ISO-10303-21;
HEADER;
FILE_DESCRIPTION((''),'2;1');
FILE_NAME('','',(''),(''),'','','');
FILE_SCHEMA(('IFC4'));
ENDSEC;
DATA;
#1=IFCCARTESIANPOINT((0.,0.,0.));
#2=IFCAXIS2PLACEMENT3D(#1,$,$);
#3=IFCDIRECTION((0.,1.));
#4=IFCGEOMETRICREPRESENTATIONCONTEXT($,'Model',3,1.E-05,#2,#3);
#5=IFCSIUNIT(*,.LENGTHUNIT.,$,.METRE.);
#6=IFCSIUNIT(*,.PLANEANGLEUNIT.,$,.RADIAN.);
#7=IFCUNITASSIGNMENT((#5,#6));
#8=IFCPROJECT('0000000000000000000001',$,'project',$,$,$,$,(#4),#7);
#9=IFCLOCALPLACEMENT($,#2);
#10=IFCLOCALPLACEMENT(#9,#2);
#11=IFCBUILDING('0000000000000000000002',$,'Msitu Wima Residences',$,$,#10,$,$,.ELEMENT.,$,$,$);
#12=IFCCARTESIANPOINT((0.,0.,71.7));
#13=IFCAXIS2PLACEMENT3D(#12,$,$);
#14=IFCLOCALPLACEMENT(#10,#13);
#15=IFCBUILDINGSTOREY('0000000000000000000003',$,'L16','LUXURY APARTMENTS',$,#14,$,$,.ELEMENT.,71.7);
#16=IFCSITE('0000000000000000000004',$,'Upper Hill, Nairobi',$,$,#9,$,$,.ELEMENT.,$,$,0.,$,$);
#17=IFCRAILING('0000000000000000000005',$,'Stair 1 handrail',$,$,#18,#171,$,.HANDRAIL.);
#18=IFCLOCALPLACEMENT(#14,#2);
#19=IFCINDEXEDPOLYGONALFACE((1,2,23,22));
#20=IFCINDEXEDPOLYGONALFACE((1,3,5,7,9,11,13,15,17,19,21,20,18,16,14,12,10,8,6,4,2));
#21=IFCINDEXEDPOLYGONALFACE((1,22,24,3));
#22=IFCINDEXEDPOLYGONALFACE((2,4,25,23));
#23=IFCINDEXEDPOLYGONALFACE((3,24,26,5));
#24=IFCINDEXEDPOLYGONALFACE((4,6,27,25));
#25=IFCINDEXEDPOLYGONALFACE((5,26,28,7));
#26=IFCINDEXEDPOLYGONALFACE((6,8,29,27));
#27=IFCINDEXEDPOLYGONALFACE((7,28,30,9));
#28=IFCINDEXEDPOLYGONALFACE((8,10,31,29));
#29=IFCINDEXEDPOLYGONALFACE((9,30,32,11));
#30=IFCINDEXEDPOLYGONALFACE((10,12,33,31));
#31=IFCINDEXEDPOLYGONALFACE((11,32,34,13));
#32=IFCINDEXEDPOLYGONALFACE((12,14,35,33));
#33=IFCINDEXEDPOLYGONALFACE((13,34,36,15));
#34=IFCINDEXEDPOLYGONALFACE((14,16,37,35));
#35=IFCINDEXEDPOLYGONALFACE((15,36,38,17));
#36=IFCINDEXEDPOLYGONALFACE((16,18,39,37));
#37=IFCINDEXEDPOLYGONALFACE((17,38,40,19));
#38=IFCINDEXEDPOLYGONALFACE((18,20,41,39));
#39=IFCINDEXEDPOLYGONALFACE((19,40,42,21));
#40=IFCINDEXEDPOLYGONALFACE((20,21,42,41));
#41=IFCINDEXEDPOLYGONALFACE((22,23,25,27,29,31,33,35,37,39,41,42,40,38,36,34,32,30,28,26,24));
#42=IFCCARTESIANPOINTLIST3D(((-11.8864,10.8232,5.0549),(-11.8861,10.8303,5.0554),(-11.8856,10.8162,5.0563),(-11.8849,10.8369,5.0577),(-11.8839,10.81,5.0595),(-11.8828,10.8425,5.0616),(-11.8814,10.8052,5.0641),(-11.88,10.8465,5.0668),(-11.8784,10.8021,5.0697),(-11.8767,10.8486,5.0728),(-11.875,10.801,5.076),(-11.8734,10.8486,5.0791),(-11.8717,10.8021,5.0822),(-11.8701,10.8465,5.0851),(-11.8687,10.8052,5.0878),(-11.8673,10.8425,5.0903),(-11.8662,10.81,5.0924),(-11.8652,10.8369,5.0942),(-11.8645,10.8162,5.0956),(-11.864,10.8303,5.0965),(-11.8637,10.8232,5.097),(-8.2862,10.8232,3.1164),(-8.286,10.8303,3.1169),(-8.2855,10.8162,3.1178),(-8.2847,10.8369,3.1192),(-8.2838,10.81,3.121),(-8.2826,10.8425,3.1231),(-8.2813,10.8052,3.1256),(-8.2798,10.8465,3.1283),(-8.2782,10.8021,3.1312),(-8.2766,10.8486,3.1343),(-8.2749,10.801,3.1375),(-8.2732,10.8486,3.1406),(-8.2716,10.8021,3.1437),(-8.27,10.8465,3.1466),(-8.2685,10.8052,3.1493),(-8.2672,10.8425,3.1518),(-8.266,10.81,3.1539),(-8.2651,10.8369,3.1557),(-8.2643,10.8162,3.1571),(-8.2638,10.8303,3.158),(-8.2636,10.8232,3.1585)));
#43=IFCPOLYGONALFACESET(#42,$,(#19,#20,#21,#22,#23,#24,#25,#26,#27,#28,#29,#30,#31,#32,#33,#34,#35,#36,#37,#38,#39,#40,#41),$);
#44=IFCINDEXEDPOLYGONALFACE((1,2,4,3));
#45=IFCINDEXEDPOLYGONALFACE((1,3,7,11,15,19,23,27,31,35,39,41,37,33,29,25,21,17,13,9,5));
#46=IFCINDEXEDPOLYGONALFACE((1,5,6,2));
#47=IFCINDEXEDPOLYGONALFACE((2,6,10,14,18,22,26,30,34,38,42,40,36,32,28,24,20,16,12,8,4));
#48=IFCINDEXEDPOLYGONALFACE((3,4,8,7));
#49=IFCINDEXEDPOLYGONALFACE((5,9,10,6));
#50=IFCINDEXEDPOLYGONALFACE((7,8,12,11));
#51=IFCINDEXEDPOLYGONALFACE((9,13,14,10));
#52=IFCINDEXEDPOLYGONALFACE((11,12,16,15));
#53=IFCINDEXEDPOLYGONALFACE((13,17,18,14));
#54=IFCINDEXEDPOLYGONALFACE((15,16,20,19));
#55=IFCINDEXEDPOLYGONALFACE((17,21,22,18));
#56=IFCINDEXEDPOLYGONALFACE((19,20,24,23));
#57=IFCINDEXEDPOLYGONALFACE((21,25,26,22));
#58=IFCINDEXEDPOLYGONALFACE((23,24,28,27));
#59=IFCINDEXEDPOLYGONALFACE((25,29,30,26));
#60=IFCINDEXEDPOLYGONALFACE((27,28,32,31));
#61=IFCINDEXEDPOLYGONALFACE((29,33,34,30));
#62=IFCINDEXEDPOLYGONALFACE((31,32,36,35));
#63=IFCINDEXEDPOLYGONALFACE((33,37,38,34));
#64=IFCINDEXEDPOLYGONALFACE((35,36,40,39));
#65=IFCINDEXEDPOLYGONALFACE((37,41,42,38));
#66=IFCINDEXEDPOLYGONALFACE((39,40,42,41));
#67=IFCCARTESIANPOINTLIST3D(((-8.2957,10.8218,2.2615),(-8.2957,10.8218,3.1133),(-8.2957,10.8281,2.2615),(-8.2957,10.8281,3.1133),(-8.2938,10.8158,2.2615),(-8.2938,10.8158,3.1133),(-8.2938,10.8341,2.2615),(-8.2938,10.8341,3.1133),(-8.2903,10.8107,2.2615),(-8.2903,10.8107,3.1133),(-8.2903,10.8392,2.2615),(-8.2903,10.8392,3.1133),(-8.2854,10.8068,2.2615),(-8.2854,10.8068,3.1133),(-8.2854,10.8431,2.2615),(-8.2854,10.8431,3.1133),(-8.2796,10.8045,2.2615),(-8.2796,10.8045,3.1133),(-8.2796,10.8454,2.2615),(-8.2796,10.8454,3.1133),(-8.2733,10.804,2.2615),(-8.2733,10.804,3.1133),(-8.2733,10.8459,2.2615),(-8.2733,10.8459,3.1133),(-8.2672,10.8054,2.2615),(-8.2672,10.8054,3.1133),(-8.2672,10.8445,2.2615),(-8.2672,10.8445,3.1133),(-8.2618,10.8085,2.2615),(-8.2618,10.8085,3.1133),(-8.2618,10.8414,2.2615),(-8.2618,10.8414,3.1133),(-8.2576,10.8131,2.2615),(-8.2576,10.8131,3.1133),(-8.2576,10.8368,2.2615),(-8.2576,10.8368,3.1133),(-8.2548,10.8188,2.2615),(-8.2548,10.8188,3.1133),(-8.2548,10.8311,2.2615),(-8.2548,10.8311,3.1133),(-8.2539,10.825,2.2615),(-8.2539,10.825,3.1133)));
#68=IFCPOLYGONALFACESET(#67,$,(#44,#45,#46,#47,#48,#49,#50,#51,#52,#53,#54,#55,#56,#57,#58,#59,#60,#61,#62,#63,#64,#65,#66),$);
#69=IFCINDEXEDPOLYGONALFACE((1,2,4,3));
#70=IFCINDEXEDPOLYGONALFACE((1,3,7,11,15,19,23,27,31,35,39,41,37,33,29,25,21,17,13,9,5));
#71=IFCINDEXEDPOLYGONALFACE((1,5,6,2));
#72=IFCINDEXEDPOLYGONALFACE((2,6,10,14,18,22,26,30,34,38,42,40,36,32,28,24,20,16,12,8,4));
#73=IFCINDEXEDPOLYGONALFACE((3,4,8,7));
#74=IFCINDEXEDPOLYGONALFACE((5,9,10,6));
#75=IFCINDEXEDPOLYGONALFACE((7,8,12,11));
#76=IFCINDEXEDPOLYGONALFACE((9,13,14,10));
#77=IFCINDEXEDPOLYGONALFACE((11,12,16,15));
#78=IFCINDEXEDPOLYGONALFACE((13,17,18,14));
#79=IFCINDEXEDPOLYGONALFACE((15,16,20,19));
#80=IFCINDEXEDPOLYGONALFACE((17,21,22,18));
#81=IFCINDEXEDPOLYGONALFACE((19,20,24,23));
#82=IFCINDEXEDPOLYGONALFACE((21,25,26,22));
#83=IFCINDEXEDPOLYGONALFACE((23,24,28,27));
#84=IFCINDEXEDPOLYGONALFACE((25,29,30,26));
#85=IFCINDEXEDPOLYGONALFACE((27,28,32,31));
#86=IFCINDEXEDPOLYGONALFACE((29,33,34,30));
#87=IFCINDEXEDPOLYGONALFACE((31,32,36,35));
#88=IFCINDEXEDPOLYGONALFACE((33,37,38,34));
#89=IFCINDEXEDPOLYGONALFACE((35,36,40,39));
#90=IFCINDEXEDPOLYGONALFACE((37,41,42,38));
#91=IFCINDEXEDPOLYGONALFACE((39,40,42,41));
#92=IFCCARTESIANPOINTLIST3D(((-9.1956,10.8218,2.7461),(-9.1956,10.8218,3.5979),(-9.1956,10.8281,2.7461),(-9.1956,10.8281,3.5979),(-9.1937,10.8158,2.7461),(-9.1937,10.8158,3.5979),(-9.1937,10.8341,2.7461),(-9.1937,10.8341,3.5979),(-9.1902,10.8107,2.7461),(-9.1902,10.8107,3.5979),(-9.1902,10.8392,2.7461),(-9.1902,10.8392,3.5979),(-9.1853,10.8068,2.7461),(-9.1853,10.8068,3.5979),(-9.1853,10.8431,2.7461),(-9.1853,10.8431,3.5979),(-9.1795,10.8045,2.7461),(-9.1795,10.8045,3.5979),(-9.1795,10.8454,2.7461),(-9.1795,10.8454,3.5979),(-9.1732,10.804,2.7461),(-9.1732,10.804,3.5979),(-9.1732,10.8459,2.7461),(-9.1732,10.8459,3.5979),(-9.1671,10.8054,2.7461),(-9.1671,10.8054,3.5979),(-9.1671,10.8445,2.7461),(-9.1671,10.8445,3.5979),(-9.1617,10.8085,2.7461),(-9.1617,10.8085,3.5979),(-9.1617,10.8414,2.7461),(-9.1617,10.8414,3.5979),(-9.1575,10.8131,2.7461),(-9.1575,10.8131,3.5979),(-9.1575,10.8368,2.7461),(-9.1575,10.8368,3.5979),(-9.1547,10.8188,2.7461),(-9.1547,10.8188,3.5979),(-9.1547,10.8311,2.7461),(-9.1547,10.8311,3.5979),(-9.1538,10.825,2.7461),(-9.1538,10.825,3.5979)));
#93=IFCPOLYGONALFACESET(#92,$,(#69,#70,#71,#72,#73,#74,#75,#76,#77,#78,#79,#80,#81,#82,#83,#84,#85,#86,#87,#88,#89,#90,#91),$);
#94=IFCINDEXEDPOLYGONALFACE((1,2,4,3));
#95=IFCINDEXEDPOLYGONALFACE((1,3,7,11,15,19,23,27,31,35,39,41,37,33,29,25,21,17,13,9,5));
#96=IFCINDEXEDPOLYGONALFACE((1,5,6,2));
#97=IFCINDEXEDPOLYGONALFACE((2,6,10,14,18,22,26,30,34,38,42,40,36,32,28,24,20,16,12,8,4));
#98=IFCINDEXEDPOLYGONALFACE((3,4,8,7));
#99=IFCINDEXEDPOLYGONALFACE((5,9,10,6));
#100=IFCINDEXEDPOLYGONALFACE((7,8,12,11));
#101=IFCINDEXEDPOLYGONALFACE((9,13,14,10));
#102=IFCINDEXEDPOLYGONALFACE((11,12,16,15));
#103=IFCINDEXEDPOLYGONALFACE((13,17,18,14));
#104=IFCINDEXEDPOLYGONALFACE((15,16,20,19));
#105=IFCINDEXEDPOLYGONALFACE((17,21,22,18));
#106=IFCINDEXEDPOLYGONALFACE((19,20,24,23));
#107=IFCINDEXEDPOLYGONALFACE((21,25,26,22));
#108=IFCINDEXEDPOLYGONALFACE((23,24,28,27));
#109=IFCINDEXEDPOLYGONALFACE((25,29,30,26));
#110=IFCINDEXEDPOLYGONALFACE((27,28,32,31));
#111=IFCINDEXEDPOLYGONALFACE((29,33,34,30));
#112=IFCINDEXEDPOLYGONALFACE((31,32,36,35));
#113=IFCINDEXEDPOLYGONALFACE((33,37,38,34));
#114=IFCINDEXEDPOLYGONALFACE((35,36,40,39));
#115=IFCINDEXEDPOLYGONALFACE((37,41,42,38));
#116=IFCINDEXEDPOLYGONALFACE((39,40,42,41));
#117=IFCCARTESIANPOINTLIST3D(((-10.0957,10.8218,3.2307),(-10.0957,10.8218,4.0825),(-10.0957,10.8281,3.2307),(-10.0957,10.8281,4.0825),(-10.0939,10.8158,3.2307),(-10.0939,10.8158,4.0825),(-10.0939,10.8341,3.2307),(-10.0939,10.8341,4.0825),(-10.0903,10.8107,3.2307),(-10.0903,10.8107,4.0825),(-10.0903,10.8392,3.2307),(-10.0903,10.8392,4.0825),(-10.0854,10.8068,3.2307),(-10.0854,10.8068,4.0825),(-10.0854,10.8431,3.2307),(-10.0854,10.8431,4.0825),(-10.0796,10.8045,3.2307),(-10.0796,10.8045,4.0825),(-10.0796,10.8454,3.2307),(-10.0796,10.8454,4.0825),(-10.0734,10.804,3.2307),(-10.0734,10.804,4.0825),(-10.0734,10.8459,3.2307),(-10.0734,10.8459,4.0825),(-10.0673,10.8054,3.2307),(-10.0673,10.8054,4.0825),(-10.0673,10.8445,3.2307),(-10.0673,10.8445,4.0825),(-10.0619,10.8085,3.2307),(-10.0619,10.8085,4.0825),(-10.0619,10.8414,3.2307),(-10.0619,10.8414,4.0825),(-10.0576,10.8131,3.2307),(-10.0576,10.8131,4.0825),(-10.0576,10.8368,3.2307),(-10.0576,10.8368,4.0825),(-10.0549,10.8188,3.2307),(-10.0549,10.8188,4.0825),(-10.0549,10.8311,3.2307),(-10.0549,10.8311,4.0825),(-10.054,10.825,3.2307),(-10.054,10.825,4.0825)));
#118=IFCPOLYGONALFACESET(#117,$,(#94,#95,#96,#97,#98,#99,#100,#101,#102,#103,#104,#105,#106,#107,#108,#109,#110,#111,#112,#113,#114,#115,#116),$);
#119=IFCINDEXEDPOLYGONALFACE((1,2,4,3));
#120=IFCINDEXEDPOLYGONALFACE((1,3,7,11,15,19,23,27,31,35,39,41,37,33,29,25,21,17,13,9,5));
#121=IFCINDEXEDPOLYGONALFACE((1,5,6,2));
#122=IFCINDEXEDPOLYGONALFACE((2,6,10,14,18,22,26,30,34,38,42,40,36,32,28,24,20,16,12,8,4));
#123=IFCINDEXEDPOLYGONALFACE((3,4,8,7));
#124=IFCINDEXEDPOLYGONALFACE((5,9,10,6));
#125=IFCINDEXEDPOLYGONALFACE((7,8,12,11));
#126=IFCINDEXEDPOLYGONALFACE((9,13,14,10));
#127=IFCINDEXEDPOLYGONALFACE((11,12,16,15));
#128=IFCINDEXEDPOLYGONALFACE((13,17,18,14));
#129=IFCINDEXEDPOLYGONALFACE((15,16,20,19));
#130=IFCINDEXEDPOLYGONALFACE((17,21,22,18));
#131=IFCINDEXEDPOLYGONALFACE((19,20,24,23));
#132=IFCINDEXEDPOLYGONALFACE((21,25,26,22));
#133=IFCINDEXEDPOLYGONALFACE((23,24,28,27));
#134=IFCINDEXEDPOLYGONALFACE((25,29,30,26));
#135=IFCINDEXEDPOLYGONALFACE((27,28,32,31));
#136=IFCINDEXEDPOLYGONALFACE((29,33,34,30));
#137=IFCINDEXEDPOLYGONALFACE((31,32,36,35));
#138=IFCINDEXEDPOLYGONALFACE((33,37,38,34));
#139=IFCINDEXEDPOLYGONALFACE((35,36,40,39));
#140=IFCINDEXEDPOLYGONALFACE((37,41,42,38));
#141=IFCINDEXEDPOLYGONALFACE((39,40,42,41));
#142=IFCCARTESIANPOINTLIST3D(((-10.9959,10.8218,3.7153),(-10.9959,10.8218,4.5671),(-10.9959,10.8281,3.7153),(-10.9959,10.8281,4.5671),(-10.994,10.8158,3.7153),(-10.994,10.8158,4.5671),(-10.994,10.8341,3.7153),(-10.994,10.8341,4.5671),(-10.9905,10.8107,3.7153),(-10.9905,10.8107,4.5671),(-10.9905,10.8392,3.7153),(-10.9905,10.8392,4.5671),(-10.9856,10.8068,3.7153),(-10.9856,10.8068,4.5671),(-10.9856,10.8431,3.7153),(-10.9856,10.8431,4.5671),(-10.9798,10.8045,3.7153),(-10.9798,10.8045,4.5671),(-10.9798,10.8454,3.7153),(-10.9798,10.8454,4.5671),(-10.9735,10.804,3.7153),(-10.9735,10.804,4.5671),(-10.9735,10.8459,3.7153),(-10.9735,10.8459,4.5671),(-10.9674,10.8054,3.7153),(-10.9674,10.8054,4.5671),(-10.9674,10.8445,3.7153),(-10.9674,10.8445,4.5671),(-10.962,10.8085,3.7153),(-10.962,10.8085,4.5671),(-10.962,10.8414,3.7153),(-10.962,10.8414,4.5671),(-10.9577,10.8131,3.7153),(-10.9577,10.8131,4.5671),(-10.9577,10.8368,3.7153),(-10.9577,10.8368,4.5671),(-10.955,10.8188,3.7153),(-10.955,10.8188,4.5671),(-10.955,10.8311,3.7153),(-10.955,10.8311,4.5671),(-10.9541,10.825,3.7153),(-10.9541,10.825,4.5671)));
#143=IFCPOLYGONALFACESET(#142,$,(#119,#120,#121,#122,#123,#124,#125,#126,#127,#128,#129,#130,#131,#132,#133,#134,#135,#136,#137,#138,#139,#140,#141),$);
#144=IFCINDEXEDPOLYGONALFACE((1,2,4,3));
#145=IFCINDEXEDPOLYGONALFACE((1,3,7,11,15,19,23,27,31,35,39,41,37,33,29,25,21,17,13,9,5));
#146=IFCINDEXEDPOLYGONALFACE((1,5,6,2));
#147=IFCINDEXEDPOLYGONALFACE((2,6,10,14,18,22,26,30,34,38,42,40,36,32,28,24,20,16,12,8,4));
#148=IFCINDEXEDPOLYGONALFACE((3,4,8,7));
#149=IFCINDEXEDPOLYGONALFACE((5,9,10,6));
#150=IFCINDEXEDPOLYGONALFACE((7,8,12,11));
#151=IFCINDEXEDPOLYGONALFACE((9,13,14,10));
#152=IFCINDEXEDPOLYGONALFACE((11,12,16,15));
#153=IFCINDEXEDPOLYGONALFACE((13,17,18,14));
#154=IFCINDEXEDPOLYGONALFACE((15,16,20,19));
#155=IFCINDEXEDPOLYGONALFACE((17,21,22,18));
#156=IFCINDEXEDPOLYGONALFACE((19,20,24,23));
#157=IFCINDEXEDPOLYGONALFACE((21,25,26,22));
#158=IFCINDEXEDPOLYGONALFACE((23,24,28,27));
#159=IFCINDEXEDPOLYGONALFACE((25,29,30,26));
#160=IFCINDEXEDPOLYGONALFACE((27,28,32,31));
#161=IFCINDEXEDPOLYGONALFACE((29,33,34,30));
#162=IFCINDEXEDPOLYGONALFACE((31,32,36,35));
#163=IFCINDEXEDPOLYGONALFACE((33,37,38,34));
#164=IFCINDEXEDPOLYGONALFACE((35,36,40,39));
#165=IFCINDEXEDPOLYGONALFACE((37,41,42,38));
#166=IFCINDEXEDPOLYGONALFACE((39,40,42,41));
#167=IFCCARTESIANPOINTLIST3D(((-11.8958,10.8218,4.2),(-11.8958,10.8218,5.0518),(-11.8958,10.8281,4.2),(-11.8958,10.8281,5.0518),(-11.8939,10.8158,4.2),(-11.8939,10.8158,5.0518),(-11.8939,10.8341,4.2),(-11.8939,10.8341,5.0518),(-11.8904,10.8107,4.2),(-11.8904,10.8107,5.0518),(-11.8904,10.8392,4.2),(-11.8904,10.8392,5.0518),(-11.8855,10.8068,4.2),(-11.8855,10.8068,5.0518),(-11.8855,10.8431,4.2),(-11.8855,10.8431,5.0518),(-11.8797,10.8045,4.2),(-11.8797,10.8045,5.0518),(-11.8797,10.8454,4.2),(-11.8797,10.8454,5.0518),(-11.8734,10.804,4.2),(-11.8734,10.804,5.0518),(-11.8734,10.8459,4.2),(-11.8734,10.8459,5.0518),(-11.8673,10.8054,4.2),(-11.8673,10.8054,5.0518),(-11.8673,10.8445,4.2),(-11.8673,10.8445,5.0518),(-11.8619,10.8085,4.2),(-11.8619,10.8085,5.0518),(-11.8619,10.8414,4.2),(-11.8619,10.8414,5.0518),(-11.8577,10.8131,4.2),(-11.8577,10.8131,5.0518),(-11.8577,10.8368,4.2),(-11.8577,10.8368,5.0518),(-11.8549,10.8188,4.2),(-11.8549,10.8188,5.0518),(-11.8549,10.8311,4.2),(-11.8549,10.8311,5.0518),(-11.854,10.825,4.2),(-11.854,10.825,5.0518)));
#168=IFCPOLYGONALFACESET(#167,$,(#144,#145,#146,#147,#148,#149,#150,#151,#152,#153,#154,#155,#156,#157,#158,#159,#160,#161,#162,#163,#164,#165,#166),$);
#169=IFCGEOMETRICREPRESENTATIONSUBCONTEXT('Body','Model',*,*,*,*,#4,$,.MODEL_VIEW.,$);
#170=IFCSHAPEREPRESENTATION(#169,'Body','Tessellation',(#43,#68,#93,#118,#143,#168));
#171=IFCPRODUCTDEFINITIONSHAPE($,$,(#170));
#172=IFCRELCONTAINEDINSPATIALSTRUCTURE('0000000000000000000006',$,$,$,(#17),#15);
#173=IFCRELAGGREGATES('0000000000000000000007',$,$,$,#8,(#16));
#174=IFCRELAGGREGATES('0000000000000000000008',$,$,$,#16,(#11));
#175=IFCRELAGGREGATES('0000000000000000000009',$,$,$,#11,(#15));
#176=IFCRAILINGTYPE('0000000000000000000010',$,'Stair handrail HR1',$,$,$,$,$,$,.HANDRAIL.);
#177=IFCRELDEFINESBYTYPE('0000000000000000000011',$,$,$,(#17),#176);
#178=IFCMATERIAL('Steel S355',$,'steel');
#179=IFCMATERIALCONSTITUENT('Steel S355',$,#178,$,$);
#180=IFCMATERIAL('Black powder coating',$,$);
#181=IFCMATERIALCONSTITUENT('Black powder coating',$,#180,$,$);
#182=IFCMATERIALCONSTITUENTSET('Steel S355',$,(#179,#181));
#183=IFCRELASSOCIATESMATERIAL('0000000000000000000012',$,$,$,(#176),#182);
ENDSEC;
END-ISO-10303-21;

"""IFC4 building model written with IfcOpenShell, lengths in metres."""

from ifc_helpers import new_model, si_unit, direction, frame, origin, origin_2d, place, context, subcontext, project, spatial, circle, extrude, material, constituent, constituent_set, type_object, element, save


model = new_model("IFC4")

# Units and contexts
model_context = context("Model", 3, precision=1e-05, world=origin(), true_north=direction((0.0, 1.0)))
body_context = subcontext(model_context, "Body", "Model", "MODEL_VIEW")
ifc_project = project(units=[si_unit("LENGTHUNIT", "METRE"), si_unit("PLANEANGLEUNIT", "RADIAN")], contexts=[model_context])

# Site, building, storey
site_placement = place(None, origin())
site = spatial("IfcSite", under=ifc_project, at=site_placement, Name="Upper Hill, Nairobi", CompositionType="ELEMENT", RefElevation=0.0)
building_placement = place(site_placement, origin())
building = spatial("IfcBuilding", under=site, at=building_placement, Name="Msitu Wima Residences", CompositionType="ELEMENT")
storey_placement = place(building_placement, frame((0.0, 0.0, 71.7)))
storey = spatial("IfcBuildingStorey", under=building, at=storey_placement, Name="L16", Description="LUXURY APARTMENTS", CompositionType="ELEMENT", Elevation=71.7)

# Railing
ifc_material_1 = material(Name="Steel S355", Category="steel")
ifc_constituent_1 = constituent(ifc_material_1, Name="Steel S355")
ifc_material_2 = material(Name="Black powder coating")
ifc_constituent_2 = constituent(ifc_material_2, Name="Black powder coating")
ifc_constituent_set = constituent_set(constituents=[ifc_constituent_1, ifc_constituent_2], Name="Steel S355")
railing_type = type_object("IfcRailingType", Name="Stair handrail HR1", PredefinedType="HANDRAIL", material=ifc_constituent_set)
for number, where, name in (
    (1, (-8.2749, 10.825, 2.2615), "Stair 1 handrail"),
):
    element("IfcRailing", number, at=place(storey_placement, frame(where)), inside=storey, type_object=railing_type, Name=name, PredefinedType="HANDRAIL", context=body_context, shape_type="SweptSolid", body=[
        extrude(circle(Radius=0.0239, at=origin_2d()), frame((0.0, 0.0, 0.876), z_axis=(-0.880475, 0.0, 0.474093), x_axis=(0.0, -1.0, 0.0)), (0.0, 0.0, 1.0), 4.0889),
        extrude(circle(Radius=0.021, at=origin_2d()), origin(), (0.0, 0.0, 1.0), 0.8518),
        extrude(circle(Radius=0.021, at=origin_2d()), frame((-0.8999, 0.0, 0.4846)), (0.0, 0.0, 1.0), 0.8518),
        extrude(circle(Radius=0.021, at=origin_2d()), frame((-1.8, 0.0, 0.9692)), (0.0, 0.0, 1.0), 0.8518),
        extrude(circle(Radius=0.021, at=origin_2d()), frame((-2.7002, 0.0, 1.4539)), (0.0, 0.0, 1.0), 0.8518),
        extrude(circle(Radius=0.021, at=origin_2d()), frame((-3.6001, 0.0, 1.9385)), (0.0, 0.0, 1.0), 0.8518),
    ])

save(model, "model.ifc")
